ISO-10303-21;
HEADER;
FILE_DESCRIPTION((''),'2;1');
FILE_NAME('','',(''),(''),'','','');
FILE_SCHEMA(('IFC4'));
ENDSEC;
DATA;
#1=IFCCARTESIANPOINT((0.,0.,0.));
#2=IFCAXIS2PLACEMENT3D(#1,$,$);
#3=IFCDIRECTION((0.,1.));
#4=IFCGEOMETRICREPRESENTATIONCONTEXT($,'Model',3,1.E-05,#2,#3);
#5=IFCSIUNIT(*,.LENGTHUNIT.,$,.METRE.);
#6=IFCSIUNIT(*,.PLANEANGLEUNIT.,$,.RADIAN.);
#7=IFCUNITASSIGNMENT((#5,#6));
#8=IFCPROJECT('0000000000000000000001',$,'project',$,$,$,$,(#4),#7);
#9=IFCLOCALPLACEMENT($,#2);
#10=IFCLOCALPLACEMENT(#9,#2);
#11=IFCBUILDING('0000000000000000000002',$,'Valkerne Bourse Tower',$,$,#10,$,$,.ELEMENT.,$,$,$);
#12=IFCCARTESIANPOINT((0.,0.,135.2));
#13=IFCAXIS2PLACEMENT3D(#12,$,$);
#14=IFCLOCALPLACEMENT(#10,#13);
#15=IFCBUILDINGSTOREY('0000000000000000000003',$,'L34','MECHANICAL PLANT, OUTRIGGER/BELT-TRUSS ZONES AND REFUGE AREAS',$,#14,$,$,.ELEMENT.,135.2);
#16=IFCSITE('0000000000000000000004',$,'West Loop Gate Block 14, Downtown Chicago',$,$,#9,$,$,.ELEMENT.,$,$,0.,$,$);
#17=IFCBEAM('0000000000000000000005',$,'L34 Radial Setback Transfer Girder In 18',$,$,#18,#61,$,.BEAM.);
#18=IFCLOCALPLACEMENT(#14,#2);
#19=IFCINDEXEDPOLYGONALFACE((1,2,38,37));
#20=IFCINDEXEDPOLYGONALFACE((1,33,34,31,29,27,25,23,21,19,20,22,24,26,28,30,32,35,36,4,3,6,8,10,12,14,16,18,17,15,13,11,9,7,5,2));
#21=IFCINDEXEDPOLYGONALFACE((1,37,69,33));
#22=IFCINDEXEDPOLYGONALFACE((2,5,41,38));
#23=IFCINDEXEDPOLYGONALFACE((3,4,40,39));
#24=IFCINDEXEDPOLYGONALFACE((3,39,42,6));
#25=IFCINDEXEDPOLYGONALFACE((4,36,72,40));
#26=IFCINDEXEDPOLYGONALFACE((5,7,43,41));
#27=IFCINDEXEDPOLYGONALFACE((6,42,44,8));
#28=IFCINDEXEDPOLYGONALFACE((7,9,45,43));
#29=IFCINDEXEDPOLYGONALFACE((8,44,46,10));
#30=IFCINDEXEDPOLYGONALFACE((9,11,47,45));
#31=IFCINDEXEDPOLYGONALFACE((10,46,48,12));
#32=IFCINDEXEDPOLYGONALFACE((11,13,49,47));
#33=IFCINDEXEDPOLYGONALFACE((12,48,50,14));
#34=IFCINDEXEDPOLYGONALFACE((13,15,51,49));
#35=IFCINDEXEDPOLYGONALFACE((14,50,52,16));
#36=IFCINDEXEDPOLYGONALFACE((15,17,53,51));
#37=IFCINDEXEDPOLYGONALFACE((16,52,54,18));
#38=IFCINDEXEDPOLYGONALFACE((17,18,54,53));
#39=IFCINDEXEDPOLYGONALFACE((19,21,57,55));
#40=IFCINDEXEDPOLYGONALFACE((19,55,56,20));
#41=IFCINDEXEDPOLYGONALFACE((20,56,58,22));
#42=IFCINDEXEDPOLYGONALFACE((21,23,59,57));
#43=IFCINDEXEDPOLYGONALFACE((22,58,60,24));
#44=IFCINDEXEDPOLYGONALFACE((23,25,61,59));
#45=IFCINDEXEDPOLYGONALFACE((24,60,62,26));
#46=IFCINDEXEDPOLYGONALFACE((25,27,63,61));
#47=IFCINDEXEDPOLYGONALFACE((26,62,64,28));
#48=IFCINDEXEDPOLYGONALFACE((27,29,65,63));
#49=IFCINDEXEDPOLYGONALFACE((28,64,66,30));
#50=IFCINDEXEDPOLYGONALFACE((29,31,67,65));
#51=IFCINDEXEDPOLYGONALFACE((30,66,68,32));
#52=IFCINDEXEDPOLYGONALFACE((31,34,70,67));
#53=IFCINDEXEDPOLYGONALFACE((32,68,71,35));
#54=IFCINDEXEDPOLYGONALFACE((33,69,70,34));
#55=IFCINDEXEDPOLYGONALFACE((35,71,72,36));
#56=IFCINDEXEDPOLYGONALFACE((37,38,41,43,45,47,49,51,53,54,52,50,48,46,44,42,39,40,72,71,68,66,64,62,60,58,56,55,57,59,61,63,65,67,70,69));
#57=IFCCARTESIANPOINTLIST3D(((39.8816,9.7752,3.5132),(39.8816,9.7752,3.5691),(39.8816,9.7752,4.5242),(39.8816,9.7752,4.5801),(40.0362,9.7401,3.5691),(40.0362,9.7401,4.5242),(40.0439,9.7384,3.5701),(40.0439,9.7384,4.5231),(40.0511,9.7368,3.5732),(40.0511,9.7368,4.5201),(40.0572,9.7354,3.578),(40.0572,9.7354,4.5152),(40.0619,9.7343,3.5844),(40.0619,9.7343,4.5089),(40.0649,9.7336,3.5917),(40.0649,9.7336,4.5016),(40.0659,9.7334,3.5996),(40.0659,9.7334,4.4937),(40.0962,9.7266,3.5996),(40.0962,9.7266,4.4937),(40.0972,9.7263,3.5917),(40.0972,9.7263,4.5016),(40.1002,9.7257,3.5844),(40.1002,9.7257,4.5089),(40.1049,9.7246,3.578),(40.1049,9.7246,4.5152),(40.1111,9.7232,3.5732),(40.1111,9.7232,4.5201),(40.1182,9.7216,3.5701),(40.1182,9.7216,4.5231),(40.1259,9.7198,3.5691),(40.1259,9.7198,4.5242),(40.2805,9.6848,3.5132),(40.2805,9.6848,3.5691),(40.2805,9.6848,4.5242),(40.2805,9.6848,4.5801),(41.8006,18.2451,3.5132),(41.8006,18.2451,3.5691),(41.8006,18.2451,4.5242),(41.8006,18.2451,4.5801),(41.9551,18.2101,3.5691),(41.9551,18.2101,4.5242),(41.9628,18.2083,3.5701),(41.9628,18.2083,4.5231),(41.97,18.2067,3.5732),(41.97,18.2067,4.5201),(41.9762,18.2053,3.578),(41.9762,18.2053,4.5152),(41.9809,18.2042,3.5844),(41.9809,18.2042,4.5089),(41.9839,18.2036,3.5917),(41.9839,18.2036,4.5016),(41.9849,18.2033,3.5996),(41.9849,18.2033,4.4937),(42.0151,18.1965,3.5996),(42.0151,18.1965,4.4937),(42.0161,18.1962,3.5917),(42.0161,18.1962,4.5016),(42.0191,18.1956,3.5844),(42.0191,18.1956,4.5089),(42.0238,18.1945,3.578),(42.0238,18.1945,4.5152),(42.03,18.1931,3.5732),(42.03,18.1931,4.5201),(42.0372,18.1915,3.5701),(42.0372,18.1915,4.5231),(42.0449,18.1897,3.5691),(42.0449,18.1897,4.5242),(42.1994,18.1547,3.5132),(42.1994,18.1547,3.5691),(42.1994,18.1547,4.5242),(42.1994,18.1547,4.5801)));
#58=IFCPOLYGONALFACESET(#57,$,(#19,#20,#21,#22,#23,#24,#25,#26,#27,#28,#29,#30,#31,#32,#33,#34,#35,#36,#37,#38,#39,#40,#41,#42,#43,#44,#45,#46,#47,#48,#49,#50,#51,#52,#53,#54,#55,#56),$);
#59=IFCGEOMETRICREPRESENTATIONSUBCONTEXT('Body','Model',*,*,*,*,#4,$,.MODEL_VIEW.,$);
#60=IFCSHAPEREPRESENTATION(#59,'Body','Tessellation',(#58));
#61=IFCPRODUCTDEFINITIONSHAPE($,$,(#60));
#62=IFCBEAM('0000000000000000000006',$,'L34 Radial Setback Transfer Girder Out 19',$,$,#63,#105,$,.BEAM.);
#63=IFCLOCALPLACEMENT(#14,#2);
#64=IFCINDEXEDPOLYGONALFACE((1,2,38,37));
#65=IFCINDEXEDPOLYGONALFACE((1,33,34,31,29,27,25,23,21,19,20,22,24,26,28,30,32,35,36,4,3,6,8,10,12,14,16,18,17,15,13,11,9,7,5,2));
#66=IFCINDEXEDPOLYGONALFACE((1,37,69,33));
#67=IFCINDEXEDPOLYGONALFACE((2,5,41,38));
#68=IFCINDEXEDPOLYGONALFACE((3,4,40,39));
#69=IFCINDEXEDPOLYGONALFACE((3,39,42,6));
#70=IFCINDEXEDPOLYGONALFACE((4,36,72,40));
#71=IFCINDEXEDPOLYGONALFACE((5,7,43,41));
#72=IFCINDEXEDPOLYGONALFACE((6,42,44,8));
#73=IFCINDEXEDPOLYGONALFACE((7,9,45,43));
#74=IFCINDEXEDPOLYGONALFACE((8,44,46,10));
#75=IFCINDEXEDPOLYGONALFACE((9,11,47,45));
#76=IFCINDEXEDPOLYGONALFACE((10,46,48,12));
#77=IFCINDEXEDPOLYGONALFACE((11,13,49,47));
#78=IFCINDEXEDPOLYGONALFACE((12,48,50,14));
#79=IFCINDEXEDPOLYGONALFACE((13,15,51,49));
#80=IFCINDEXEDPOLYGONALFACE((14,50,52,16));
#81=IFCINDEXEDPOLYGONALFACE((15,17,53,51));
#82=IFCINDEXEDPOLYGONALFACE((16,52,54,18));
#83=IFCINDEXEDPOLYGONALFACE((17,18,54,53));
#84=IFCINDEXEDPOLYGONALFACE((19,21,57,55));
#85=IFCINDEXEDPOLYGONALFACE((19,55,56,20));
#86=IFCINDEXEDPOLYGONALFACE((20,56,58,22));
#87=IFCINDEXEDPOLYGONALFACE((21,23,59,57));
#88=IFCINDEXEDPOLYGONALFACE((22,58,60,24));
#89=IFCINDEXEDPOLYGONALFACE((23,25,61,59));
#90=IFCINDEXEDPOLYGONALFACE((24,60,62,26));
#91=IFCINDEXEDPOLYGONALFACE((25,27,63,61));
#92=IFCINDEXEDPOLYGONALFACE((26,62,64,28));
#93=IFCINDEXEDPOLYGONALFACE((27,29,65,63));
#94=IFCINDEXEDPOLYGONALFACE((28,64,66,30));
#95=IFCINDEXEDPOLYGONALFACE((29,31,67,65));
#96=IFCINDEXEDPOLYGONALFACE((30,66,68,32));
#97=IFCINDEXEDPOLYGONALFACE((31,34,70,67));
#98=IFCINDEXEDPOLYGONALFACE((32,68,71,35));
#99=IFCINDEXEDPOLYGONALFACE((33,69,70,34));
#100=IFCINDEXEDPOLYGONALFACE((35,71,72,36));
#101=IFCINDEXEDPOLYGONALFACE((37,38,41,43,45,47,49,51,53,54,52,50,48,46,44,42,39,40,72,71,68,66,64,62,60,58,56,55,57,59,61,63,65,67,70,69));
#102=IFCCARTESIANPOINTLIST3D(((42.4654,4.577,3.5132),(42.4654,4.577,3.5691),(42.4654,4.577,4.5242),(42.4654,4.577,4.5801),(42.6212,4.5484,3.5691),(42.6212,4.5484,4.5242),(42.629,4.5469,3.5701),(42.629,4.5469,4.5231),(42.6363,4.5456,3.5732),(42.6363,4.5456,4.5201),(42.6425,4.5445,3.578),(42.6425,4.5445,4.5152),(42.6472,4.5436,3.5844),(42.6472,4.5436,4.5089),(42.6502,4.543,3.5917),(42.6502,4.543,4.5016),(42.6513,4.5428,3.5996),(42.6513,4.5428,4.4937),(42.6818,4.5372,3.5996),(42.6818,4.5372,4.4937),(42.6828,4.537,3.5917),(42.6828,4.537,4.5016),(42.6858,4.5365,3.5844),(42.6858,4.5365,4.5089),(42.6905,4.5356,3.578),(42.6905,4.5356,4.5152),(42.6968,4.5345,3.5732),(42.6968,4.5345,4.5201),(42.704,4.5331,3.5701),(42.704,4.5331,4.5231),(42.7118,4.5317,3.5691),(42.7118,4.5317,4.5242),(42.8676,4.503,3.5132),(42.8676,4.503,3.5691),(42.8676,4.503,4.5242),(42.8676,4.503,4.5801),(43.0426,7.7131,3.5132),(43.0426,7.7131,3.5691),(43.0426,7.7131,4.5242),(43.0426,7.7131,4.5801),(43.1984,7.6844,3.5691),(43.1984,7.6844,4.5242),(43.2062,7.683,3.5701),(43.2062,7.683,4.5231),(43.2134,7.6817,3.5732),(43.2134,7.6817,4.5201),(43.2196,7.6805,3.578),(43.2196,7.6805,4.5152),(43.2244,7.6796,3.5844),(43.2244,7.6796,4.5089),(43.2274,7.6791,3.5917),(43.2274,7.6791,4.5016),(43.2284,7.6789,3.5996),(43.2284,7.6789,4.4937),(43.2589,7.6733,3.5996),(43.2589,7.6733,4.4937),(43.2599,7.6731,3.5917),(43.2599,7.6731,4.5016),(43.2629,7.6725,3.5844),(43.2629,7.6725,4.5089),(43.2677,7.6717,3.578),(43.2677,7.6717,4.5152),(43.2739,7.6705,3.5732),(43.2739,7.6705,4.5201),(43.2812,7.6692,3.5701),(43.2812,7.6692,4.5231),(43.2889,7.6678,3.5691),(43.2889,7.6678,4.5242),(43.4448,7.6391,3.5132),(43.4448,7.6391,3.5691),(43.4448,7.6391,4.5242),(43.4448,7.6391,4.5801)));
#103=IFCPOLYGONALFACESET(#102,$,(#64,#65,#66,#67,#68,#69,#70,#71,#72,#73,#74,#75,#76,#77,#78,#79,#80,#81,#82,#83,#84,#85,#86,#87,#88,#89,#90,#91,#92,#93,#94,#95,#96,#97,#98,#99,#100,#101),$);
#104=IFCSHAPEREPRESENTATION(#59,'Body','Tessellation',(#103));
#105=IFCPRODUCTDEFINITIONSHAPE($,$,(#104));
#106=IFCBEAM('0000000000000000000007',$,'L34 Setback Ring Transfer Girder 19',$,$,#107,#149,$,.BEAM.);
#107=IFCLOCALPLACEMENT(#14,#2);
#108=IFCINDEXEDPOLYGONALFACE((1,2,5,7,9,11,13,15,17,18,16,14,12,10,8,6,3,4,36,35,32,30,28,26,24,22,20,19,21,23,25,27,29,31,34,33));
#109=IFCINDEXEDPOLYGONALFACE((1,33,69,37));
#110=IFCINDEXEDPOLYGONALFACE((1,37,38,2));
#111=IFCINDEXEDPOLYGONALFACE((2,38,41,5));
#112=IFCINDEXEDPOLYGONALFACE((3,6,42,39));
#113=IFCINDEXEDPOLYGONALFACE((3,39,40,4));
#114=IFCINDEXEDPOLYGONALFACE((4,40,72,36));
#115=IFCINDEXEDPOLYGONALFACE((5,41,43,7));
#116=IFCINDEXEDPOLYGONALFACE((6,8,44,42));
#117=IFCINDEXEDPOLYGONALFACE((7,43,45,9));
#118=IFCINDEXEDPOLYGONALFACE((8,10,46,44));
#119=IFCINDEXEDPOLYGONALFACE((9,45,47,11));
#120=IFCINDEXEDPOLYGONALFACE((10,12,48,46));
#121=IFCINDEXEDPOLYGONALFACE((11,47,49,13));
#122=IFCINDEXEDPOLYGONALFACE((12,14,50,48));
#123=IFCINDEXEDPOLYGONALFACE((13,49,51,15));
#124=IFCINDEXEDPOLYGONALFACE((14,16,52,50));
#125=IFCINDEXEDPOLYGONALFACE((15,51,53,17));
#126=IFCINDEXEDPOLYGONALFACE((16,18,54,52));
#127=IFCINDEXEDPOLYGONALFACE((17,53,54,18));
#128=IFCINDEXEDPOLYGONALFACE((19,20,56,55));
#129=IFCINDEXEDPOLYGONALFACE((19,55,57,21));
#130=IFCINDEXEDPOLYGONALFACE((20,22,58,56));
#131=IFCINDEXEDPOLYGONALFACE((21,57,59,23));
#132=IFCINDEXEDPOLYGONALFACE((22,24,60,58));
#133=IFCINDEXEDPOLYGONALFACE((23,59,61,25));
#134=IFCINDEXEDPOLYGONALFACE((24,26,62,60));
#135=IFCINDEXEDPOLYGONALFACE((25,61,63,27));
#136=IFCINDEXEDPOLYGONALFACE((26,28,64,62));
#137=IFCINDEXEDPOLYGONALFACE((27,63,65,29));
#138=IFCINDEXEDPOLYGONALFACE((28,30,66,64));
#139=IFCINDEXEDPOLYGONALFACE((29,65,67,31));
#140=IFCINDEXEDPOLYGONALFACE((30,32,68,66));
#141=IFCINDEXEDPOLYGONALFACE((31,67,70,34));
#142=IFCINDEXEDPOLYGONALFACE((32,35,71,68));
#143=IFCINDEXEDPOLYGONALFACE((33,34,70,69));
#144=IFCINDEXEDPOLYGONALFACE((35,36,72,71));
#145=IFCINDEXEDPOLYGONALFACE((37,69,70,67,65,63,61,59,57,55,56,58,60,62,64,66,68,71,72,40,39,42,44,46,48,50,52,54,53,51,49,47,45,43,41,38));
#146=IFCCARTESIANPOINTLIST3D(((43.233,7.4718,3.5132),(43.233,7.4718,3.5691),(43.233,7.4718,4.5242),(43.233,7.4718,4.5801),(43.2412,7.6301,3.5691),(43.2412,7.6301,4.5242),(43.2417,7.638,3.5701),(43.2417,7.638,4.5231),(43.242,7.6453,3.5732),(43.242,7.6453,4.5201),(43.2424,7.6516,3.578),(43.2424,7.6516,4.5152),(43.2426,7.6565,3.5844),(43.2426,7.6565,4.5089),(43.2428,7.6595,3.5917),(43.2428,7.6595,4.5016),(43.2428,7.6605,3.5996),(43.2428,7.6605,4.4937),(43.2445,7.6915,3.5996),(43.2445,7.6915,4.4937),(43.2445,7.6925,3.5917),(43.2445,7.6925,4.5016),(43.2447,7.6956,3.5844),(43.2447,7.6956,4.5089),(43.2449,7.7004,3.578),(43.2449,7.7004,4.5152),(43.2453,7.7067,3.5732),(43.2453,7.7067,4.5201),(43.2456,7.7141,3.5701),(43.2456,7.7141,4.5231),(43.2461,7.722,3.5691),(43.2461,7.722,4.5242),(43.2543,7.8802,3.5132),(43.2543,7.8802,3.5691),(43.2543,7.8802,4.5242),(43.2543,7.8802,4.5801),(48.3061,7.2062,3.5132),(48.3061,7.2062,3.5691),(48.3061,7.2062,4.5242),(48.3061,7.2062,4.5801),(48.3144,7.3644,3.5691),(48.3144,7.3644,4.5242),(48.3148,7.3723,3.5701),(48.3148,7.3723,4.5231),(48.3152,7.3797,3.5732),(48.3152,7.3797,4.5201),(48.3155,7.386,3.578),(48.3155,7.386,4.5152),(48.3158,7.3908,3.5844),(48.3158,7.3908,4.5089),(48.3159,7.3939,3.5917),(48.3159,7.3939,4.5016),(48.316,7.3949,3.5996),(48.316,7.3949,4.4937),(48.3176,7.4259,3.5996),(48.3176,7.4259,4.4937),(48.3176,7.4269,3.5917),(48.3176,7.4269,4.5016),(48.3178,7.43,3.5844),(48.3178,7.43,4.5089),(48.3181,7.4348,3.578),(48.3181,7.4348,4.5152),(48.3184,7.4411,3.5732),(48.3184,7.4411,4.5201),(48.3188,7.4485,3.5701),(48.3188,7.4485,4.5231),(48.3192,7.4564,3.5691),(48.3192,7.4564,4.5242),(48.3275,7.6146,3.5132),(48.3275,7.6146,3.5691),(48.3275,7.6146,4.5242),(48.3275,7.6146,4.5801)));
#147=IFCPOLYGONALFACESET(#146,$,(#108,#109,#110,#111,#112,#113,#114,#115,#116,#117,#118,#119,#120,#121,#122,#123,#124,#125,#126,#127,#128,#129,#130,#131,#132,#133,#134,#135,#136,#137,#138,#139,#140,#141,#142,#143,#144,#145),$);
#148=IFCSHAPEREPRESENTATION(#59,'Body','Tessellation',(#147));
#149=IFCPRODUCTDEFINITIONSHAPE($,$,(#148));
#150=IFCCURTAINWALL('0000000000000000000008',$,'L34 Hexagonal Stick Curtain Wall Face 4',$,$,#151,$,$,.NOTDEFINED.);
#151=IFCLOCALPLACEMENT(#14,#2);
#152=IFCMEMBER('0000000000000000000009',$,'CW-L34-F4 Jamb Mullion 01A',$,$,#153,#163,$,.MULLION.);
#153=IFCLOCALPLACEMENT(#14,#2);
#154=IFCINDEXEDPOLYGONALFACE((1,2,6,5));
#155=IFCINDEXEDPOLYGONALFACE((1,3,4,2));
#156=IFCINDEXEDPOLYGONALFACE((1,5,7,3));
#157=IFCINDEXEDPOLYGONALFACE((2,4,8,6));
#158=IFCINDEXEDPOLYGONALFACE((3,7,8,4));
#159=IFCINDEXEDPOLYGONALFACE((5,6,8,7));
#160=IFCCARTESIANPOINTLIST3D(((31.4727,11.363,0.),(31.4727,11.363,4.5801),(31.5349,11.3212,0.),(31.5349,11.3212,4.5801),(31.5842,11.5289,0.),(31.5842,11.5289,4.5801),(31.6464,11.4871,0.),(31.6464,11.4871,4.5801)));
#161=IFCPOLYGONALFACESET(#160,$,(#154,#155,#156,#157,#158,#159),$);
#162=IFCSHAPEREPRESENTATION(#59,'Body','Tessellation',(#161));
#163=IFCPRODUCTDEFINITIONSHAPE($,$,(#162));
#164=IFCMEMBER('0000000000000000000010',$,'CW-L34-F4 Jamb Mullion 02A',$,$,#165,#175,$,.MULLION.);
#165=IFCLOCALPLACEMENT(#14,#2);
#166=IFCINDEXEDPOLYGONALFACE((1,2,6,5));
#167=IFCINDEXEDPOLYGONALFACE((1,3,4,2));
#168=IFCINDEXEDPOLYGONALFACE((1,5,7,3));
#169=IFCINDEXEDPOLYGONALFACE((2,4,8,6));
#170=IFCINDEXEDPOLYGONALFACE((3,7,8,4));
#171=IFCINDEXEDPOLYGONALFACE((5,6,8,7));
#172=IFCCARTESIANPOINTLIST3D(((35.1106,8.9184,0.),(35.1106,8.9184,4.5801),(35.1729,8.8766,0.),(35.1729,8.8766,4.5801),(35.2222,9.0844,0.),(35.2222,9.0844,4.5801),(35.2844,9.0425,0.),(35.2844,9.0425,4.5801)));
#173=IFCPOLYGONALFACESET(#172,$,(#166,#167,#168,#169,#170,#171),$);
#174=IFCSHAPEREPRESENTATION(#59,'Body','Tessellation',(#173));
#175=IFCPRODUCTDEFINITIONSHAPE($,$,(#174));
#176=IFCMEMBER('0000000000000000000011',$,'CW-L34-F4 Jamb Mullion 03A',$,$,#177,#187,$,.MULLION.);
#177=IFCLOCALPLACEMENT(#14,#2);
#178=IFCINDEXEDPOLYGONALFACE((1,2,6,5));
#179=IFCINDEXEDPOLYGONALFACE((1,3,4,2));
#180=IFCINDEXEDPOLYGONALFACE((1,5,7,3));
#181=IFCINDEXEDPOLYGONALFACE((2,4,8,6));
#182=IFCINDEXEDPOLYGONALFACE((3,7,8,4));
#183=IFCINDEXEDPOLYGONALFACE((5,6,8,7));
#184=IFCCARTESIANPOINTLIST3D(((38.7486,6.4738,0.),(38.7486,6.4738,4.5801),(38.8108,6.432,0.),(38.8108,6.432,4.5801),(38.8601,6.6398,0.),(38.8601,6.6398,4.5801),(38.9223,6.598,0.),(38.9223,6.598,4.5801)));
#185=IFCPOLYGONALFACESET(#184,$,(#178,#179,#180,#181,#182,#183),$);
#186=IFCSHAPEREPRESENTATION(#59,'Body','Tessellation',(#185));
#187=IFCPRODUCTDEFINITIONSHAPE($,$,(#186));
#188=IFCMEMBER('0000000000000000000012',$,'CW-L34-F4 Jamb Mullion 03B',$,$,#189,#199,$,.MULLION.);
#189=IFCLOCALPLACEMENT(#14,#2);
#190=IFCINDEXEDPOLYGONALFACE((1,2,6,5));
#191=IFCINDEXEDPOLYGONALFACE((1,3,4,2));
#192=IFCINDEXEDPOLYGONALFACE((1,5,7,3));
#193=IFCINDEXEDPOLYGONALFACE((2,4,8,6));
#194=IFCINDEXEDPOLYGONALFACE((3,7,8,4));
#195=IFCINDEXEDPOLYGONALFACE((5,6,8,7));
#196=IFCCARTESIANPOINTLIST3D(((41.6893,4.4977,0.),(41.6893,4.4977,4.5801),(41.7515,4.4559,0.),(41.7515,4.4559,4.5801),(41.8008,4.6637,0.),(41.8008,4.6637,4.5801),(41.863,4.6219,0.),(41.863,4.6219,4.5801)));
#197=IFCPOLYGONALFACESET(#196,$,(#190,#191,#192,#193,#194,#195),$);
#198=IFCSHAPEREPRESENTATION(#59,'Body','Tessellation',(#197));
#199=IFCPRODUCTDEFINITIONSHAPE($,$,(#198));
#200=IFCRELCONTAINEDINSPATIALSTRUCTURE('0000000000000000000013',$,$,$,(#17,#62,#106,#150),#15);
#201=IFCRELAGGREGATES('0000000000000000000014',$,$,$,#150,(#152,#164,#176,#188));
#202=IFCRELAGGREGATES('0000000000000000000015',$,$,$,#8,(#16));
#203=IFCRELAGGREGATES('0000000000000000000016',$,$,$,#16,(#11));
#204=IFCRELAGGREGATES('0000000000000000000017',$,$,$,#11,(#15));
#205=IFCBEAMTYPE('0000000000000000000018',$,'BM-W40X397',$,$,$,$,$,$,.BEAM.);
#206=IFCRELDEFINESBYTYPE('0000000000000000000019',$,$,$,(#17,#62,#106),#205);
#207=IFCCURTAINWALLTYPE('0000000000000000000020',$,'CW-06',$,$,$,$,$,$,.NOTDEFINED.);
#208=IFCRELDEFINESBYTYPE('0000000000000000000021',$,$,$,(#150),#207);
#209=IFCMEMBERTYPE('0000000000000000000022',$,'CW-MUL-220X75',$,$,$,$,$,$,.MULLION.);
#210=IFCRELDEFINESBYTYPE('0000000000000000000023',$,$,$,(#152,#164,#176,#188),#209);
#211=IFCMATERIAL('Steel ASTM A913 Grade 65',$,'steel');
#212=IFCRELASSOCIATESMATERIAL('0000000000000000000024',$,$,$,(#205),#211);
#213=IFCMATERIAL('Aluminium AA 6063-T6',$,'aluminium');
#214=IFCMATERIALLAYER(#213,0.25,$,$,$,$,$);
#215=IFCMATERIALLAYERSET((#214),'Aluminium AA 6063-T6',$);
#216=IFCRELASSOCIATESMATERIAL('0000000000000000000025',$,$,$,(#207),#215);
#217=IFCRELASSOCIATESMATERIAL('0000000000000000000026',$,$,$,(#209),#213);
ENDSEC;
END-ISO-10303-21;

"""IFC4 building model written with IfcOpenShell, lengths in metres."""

from ifc_helpers import new_model, si_unit, direction, frame, origin, origin_2d, place, context, subcontext, project, spatial, rectangle, i_section, extrude, material, layer, layer_set, material_profile, profile_set, type_object, element, aggregate, save


model = new_model("IFC4")

# Units and contexts
model_context = context("Model", 3, precision=1e-05, world=origin(), true_north=direction((0.0, 1.0)))
body_context = subcontext(model_context, "Body", "Model", "MODEL_VIEW")
ifc_project = project(units=[si_unit("LENGTHUNIT", "METRE"), si_unit("PLANEANGLEUNIT", "RADIAN")], contexts=[model_context])

# Site, building, storey
site_placement = place(None, origin())
site = spatial("IfcSite", under=ifc_project, at=site_placement, Name="West Loop Gate Block 14, Downtown Chicago", CompositionType="ELEMENT", RefElevation=0.0)
building_placement = place(site_placement, origin())
building = spatial("IfcBuilding", under=site, at=building_placement, Name="Valkerne Bourse Tower", CompositionType="ELEMENT")
storey_placement = place(building_placement, frame((0.0, 0.0, 135.2)))
storey = spatial("IfcBuildingStorey", under=building, at=storey_placement, Name="L34", Description="MECHANICAL PLANT, OUTRIGGER/BELT-TRUSS ZONES AND REFUGE AREAS", CompositionType="ELEMENT", Elevation=135.2)

# Shared definitions
ifc_material_1 = material(Name="Steel ASTM A913 Grade 65", Category="steel")

# Beams
ifc_material_profile_1 = material_profile(ifc_material_1, i_section(OverallWidth=0.4089, OverallDepth=1.0669, WebThickness=0.031, FlangeThickness=0.0559, FilletRadius=0.0305, at=origin_2d()), Name="W40X397")
ifc_profile_set_1 = profile_set([ifc_material_profile_1], Name="Steel ASTM A913 Grade 65")
beam_type_1 = type_object("IfcBeamType", Name="BM-W40X397", PredefinedType="BEAM", material=ifc_profile_set_1)
beam_1_placement = place(storey_placement, frame((40.0811, 9.73, 4.0466), z_axis=(0.220959, 0.975283, 0.0), x_axis=(-0.975283, 0.220959, 0.0)))
element("IfcBeam", 1, at=beam_1_placement, inside=storey, type_object=beam_type_1, Name="L34 Radial Setback Transfer Girder In 18", PredefinedType="BEAM", context=body_context, shape_type="SweptSolid", body=[
    extrude(i_section(OverallWidth=0.4089, OverallDepth=1.0669, WebThickness=0.031, FlangeThickness=0.0559, FilletRadius=0.0305, at=origin_2d()), origin(), (0.0, 0.0, 1.0), 8.6846),
])
beam_2_placement = place(storey_placement, frame((42.6665, 4.54, 4.0466), z_axis=(0.181001, 0.983483, 0.0), x_axis=(-0.983483, 0.181001, 0.0)))
element("IfcBeam", 2, at=beam_2_placement, inside=storey, type_object=beam_type_1, Name="L34 Radial Setback Transfer Girder Out 19", PredefinedType="BEAM", context=body_context, shape_type="SweptSolid", body=[
    extrude(i_section(OverallWidth=0.4089, OverallDepth=1.0669, WebThickness=0.031, FlangeThickness=0.0559, FilletRadius=0.0305, at=origin_2d()), origin(), (0.0, 0.0, 1.0), 3.1887),
])
beam_3_placement = place(storey_placement, frame((43.2437, 7.676, 4.0466), z_axis=(0.998632, -0.052286, 0.0), x_axis=(0.052286, 0.998632, 0.0)))
element("IfcBeam", 3, at=beam_3_placement, inside=storey, type_object=beam_type_1, Name="L34 Setback Ring Transfer Girder 19", PredefinedType="BEAM", context=body_context, shape_type="SweptSolid", body=[
    extrude(i_section(OverallWidth=0.4089, OverallDepth=1.0669, WebThickness=0.031, FlangeThickness=0.0559, FilletRadius=0.0305, at=origin_2d()), origin(), (0.0, 0.0, 1.0), 5.0801),
])

# Curtain wall, members
ifc_material_2 = material(Name="Aluminium AA 6063-T6", Category="aluminium")
ifc_layer_1 = layer(ifc_material_2, 0.25)
ifc_layer_set_1 = layer_set([ifc_layer_1], Name="Aluminium AA 6063-T6")
curtain_wall_type = type_object("IfcCurtainWallType", Name="CW-06", PredefinedType="NOTDEFINED", material=ifc_layer_set_1)
curtain_wall_placement = place(storey_placement, origin())
curtain_wall = element("IfcCurtainWall", 4, at=curtain_wall_placement, inside=storey, type_object=curtain_wall_type, Name="L34 Hexagonal Stick Curtain Wall Face 4", PredefinedType="NOTDEFINED")
ifc_material_profile_2 = material_profile(ifc_material_2, rectangle(XDim=0.075, YDim=0.2, at=origin_2d()), Name="CWM-75X200")
ifc_profile_set_2 = profile_set([ifc_material_profile_2], Name="Aluminium AA 6063-T6")
member_type_1 = type_object("IfcMemberType", Name="CW-MUL-220X75", PredefinedType="MULLION", material=ifc_profile_set_2)
member_1_placement = place(storey_placement, frame((31.5596, 11.425, 0.0), z_axis=(0.0, 0.0, 1.0), x_axis=(0.830009, -0.55775, 0.0)))
member_1 = element("IfcMember", 5, at=member_1_placement, type_object=member_type_1, Name="CW-L34-F4 Jamb Mullion 01A", PredefinedType="MULLION", context=body_context, shape_type="SweptSolid", body=[
    extrude(rectangle(XDim=0.075, YDim=0.2, at=origin_2d()), origin(), (0.0, 0.0, 1.0), 4.5801),
])
member_2_placement = place(storey_placement, frame((35.1975, 8.9805, 0.0), z_axis=(0.0, 0.0, 1.0), x_axis=(0.830016, -0.55774, 0.0)))
member_2 = element("IfcMember", 6, at=member_2_placement, type_object=member_type_1, Name="CW-L34-F4 Jamb Mullion 02A", PredefinedType="MULLION", context=body_context, shape_type="SweptSolid", body=[
    extrude(rectangle(XDim=0.075, YDim=0.2, at=origin_2d()), origin(), (0.0, 0.0, 1.0), 4.5801),
])
member_3_placement = place(storey_placement, frame((38.8354, 6.5359, 0.0), z_axis=(0.0, 0.0, 1.0), x_axis=(0.830009, -0.55775, 0.0)))
member_3 = element("IfcMember", 7, at=member_3_placement, type_object=member_type_1, Name="CW-L34-F4 Jamb Mullion 03A", PredefinedType="MULLION", context=body_context, shape_type="SweptSolid", body=[
    extrude(rectangle(XDim=0.075, YDim=0.2, at=origin_2d()), origin(), (0.0, 0.0, 1.0), 4.5801),
])
member_4_placement = place(storey_placement, frame((41.7761, 4.5598, 0.0), z_axis=(0.0, 0.0, 1.0), x_axis=(0.830009, -0.55775, 0.0)))
member_4 = element("IfcMember", 8, at=member_4_placement, type_object=member_type_1, Name="CW-L34-F4 Jamb Mullion 03B", PredefinedType="MULLION", context=body_context, shape_type="SweptSolid", body=[
    extrude(rectangle(XDim=0.075, YDim=0.2, at=origin_2d()), origin(), (0.0, 0.0, 1.0), 4.5801),
])

aggregate(curtain_wall, [member_1, member_2, member_3, member_4])

save(model, "model.ifc")
